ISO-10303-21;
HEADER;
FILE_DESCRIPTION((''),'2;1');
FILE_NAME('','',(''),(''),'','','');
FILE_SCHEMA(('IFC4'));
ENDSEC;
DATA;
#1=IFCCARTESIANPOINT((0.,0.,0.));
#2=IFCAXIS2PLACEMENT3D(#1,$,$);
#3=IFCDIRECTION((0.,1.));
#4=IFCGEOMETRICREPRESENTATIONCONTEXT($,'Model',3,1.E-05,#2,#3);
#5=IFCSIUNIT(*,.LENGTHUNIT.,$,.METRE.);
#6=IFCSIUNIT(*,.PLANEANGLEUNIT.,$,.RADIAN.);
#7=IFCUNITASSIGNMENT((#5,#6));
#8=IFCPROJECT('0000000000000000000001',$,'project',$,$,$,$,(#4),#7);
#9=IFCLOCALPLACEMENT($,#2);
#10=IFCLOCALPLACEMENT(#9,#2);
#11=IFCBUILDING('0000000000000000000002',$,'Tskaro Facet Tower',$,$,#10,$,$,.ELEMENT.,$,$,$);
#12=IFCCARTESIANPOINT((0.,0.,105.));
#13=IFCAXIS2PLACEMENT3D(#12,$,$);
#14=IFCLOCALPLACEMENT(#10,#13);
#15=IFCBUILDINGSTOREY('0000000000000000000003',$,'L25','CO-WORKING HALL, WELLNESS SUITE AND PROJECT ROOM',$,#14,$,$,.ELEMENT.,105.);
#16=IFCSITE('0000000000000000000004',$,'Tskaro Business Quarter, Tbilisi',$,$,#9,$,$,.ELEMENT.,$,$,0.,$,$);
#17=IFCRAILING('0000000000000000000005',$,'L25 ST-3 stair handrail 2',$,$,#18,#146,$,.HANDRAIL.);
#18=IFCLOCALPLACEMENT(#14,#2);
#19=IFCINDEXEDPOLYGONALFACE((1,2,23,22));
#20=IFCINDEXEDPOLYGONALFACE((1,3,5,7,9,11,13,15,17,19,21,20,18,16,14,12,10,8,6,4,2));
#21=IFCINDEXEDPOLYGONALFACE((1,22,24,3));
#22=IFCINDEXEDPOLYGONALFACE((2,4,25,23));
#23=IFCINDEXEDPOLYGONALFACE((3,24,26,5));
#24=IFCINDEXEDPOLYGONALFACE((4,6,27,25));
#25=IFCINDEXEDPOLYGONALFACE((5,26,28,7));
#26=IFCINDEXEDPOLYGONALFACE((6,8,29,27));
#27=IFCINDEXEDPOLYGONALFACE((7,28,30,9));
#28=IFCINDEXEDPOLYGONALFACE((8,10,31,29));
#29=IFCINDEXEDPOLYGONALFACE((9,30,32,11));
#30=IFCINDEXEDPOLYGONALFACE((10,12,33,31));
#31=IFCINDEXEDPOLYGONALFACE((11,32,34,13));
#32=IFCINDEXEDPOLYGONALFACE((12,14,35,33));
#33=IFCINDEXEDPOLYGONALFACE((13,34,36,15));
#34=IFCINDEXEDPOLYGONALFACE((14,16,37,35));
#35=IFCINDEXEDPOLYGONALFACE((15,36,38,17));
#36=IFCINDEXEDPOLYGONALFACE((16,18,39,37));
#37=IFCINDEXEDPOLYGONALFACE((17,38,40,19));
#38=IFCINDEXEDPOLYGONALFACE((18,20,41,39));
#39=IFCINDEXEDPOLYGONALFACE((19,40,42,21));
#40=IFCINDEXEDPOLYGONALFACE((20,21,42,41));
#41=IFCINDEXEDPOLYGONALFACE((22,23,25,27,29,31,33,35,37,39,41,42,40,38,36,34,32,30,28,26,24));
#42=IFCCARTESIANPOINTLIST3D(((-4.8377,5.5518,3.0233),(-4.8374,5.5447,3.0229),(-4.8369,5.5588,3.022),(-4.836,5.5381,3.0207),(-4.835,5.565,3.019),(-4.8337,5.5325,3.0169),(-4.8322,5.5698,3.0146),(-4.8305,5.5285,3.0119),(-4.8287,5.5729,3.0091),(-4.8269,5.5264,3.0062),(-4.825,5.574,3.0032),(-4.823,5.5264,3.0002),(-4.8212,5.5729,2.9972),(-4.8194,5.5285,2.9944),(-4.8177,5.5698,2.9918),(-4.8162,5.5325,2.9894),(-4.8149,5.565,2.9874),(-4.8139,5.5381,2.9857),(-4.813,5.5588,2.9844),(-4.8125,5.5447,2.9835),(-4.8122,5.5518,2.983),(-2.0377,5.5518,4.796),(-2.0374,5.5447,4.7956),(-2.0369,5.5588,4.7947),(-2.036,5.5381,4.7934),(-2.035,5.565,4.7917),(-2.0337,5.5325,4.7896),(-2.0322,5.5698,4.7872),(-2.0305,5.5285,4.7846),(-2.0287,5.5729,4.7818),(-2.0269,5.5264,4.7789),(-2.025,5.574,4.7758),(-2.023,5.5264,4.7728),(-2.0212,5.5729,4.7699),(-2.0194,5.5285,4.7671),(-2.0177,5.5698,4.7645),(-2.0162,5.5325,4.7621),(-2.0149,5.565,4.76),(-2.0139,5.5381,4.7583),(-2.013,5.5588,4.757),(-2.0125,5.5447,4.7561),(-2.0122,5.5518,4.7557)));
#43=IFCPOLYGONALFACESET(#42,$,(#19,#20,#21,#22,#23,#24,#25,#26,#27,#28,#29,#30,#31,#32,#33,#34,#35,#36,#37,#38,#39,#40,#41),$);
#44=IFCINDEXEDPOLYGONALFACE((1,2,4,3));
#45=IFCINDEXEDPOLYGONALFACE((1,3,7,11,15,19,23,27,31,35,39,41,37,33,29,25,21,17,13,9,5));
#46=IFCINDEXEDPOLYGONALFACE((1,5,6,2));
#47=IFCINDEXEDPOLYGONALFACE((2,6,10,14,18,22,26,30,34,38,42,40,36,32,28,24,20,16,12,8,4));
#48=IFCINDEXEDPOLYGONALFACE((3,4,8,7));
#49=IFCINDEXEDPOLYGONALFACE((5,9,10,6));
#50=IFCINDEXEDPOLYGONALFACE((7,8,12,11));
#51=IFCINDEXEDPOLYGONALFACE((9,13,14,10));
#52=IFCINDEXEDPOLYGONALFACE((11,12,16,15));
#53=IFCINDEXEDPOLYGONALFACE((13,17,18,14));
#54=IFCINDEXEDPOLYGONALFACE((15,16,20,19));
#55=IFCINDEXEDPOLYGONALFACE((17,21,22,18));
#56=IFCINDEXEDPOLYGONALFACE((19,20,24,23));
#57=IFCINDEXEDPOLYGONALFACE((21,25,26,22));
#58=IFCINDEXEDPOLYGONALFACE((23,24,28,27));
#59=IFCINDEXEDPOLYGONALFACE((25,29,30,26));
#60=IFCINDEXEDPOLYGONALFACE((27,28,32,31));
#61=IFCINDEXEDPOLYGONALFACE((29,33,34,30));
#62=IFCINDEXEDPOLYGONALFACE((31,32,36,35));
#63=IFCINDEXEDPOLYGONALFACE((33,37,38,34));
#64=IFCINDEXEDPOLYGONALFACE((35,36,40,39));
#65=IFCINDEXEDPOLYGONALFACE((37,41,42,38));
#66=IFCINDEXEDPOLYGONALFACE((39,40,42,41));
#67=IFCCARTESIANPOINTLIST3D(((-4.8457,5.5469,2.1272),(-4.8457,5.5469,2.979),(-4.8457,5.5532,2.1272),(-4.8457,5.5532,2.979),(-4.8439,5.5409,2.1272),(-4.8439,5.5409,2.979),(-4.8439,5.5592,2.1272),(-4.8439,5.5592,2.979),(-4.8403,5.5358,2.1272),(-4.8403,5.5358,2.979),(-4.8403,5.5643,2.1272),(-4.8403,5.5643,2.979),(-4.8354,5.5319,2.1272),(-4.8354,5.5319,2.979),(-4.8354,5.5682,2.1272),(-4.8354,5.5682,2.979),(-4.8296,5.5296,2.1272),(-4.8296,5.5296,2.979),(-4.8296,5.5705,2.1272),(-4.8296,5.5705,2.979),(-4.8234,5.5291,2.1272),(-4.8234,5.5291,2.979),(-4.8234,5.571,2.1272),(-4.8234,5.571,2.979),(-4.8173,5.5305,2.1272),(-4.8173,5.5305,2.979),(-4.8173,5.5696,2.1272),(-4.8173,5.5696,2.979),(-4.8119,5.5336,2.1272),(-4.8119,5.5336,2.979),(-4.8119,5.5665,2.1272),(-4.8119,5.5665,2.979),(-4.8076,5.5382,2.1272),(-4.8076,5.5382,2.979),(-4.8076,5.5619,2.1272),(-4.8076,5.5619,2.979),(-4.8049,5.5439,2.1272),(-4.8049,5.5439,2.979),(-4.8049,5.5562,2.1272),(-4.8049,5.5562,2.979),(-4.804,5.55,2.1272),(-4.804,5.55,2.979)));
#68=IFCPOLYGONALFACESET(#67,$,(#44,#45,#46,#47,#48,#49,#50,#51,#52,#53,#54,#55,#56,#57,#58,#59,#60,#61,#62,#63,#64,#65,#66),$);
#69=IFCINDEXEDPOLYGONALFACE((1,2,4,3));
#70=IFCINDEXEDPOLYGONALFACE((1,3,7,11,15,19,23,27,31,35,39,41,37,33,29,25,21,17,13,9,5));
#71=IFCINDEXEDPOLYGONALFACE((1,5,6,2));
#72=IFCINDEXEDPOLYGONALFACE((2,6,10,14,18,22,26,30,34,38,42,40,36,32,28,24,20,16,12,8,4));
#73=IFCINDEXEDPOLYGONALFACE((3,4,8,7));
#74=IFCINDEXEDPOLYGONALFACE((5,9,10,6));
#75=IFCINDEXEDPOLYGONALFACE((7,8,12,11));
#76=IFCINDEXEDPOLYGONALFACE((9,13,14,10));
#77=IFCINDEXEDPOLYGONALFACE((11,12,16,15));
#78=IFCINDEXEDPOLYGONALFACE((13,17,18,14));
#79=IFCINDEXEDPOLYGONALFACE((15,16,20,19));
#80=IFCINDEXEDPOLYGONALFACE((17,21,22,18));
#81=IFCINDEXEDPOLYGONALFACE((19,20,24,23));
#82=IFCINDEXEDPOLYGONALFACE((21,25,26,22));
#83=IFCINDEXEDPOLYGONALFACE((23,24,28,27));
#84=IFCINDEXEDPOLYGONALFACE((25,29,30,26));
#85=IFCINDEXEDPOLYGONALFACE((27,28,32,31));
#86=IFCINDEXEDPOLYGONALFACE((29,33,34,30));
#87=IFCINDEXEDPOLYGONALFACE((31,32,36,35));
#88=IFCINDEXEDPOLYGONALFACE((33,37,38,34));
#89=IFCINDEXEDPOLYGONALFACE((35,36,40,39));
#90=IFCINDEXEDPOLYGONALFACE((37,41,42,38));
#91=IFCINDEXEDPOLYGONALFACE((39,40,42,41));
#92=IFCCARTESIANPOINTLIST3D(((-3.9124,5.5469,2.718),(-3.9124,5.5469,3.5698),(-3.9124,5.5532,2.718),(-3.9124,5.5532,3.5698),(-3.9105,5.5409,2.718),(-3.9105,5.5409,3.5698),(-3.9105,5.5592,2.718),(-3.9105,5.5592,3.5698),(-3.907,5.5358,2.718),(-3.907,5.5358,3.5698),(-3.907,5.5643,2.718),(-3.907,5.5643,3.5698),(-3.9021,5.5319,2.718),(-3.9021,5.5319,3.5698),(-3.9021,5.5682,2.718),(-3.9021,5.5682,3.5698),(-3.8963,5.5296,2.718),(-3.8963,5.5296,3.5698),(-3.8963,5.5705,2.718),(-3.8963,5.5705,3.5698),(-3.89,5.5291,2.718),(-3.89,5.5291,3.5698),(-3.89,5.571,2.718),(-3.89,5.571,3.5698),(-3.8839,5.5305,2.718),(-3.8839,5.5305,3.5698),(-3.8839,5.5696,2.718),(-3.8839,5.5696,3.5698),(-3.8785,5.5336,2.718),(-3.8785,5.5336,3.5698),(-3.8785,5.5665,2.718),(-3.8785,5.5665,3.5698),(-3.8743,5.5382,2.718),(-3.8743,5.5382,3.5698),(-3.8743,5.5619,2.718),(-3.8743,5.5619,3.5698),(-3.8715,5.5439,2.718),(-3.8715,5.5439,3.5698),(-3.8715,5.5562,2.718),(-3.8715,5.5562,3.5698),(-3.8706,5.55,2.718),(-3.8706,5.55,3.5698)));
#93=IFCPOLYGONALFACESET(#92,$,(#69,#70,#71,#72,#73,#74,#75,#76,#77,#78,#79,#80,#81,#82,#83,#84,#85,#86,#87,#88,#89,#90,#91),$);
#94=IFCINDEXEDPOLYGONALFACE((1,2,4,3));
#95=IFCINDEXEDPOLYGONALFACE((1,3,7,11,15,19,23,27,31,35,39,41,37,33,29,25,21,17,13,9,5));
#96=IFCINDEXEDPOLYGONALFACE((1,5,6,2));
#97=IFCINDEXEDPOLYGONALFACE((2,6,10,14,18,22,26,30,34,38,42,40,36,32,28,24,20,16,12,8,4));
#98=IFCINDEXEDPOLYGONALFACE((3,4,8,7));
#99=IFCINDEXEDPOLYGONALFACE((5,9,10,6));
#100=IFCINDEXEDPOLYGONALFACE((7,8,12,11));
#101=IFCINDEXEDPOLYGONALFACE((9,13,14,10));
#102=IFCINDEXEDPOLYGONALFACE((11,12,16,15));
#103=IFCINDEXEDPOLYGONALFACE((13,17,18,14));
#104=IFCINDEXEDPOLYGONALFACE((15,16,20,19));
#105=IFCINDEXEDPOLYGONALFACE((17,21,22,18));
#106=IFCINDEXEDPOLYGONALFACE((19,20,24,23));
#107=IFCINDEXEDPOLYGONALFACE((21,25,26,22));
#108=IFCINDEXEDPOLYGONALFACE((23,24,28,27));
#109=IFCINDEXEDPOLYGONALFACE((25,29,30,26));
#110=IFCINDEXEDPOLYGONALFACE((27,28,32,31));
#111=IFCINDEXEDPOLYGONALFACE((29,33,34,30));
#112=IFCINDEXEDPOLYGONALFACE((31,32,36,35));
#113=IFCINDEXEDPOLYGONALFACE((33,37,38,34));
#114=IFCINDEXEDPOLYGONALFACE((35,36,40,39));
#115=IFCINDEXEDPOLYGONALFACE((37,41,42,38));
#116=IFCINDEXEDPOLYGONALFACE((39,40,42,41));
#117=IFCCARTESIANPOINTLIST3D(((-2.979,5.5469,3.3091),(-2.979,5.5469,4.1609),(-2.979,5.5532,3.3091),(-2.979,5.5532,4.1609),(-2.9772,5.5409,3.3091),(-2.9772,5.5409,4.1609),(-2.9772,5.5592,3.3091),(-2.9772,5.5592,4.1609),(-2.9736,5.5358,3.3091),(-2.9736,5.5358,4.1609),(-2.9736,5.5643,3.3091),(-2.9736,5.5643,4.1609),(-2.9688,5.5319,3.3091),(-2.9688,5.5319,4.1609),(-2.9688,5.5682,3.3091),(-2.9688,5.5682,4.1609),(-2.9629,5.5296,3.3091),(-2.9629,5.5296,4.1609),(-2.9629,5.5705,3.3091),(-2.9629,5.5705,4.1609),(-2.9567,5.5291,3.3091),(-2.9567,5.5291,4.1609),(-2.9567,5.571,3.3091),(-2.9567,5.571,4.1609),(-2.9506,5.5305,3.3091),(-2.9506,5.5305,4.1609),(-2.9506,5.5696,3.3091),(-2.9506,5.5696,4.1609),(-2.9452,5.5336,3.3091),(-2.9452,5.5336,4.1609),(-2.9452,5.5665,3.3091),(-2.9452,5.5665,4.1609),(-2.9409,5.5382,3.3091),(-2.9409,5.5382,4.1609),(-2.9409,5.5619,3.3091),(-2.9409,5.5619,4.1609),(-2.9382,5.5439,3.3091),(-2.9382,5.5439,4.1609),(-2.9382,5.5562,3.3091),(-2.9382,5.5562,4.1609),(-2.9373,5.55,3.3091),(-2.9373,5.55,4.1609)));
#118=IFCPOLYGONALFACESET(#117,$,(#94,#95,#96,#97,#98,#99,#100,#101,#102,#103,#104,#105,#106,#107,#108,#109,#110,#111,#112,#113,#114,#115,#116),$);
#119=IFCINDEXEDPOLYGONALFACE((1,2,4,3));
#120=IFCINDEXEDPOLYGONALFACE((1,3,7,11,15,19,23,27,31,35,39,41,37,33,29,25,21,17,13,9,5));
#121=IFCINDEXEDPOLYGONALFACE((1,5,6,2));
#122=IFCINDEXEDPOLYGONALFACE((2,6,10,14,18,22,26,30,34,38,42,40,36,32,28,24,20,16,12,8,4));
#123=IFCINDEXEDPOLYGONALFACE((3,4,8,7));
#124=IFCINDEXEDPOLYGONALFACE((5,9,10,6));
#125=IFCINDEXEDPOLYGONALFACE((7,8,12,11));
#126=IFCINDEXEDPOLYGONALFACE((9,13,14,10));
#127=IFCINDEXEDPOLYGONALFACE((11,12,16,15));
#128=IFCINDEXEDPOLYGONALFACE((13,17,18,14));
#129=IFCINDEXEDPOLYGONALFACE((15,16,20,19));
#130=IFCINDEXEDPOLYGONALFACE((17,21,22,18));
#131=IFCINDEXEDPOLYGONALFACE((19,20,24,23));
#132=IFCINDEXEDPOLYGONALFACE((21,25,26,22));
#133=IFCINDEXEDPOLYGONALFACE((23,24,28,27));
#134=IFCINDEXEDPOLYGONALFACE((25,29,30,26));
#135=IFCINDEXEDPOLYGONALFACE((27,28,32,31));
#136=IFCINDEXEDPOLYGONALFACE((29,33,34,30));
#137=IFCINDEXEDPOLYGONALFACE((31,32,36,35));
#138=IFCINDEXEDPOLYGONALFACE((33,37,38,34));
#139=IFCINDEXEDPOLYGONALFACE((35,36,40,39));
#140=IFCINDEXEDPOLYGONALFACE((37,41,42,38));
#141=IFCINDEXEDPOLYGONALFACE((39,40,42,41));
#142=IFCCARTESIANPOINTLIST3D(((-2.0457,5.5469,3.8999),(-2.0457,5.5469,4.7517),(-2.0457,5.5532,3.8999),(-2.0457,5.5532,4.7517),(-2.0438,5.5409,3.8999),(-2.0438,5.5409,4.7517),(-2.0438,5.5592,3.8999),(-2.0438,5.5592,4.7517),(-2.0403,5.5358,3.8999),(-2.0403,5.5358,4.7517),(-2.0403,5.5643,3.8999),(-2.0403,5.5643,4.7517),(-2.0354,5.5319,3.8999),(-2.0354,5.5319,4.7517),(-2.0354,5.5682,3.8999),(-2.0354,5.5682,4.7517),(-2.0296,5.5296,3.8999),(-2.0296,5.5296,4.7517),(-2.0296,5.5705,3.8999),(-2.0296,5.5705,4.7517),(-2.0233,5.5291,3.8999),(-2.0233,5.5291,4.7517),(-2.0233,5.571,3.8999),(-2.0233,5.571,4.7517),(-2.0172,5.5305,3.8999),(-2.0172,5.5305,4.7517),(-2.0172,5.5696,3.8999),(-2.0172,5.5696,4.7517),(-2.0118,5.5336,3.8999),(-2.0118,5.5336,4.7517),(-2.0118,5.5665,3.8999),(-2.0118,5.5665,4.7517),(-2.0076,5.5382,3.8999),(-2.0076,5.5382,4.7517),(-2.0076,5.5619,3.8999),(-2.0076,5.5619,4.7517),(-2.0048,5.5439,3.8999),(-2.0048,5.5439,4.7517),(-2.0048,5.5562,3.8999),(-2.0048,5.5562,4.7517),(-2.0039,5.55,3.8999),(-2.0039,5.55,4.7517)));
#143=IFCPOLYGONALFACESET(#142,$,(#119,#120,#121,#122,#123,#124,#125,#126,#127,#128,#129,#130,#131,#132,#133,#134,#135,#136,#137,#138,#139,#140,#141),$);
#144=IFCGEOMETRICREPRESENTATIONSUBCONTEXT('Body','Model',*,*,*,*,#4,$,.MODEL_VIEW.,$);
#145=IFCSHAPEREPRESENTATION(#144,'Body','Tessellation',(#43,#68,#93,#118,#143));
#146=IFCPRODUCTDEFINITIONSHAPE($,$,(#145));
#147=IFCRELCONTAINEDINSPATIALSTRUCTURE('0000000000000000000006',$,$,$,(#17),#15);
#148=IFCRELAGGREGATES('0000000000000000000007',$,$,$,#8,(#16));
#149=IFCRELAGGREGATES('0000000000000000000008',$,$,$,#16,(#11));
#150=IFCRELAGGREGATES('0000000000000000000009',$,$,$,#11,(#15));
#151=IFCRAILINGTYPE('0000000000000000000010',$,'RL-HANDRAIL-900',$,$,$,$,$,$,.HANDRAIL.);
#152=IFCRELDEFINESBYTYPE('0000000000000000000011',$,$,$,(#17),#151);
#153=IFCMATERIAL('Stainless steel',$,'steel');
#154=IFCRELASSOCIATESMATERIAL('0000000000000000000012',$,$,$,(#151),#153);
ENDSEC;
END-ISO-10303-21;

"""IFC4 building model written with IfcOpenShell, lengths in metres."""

from ifc_helpers import new_model, si_unit, direction, frame, origin, origin_2d, place, context, subcontext, project, spatial, circle, extrude, material, type_object, element, save


model = new_model("IFC4")

# Units and contexts
model_context = context("Model", 3, precision=1e-05, world=origin(), true_north=direction((0.0, 1.0)))
body_context = subcontext(model_context, "Body", "Model", "MODEL_VIEW")
ifc_project = project(units=[si_unit("LENGTHUNIT", "METRE"), si_unit("PLANEANGLEUNIT", "RADIAN")], contexts=[model_context])

# Site, building, storey
site_placement = place(None, origin())
site = spatial("IfcSite", under=ifc_project, at=site_placement, Name="Tskaro Business Quarter, Tbilisi", CompositionType="ELEMENT", RefElevation=0.0)
building_placement = place(site_placement, origin())
building = spatial("IfcBuilding", under=site, at=building_placement, Name="Tskaro Facet Tower", CompositionType="ELEMENT")
storey_placement = place(building_placement, frame((0.0, 0.0, 105.0)))
storey = spatial("IfcBuildingStorey", under=building, at=storey_placement, Name="L25", Description="CO-WORKING HALL, WELLNESS SUITE AND PROJECT ROOM", CompositionType="ELEMENT", Elevation=105.0)

# Railing
ifc_material_1 = material(Name="Stainless steel", Category="steel")
railing_type_1 = type_object("IfcRailingType", Name="RL-HANDRAIL-900", PredefinedType="HANDRAIL", material=ifc_material_1)
railing_1_placement = place(storey_placement, frame((-4.825, 5.55, 2.1272)))
element("IfcRailing", 1, at=railing_1_placement, inside=storey, type_object=railing_type_1, Name="L25 ST-3 stair handrail 2", PredefinedType="HANDRAIL", context=body_context, shape_type="SweptSolid", body=[
    extrude(circle(Radius=0.0239, at=origin_2d()), frame((0.0, 0.0, 0.876), z_axis=(0.844909, 0.0, 0.53491), x_axis=(0.0, 1.0, 0.0)), (0.0, 0.0, 1.0), 3.314),
    extrude(circle(Radius=0.021, at=origin_2d()), origin(), (0.0, 0.0, 1.0), 0.8518),
    extrude(circle(Radius=0.021, at=origin_2d()), frame((0.9333, 0.0, 0.5908)), (0.0, 0.0, 1.0), 0.8518),
    extrude(circle(Radius=0.021, at=origin_2d()), frame((1.8667, 0.0, 1.1819)), (0.0, 0.0, 1.0), 0.8518),
    extrude(circle(Radius=0.021, at=origin_2d()), frame((2.8, 0.0, 1.7727)), (0.0, 0.0, 1.0), 0.8518),
])

save(model, "model.ifc")
